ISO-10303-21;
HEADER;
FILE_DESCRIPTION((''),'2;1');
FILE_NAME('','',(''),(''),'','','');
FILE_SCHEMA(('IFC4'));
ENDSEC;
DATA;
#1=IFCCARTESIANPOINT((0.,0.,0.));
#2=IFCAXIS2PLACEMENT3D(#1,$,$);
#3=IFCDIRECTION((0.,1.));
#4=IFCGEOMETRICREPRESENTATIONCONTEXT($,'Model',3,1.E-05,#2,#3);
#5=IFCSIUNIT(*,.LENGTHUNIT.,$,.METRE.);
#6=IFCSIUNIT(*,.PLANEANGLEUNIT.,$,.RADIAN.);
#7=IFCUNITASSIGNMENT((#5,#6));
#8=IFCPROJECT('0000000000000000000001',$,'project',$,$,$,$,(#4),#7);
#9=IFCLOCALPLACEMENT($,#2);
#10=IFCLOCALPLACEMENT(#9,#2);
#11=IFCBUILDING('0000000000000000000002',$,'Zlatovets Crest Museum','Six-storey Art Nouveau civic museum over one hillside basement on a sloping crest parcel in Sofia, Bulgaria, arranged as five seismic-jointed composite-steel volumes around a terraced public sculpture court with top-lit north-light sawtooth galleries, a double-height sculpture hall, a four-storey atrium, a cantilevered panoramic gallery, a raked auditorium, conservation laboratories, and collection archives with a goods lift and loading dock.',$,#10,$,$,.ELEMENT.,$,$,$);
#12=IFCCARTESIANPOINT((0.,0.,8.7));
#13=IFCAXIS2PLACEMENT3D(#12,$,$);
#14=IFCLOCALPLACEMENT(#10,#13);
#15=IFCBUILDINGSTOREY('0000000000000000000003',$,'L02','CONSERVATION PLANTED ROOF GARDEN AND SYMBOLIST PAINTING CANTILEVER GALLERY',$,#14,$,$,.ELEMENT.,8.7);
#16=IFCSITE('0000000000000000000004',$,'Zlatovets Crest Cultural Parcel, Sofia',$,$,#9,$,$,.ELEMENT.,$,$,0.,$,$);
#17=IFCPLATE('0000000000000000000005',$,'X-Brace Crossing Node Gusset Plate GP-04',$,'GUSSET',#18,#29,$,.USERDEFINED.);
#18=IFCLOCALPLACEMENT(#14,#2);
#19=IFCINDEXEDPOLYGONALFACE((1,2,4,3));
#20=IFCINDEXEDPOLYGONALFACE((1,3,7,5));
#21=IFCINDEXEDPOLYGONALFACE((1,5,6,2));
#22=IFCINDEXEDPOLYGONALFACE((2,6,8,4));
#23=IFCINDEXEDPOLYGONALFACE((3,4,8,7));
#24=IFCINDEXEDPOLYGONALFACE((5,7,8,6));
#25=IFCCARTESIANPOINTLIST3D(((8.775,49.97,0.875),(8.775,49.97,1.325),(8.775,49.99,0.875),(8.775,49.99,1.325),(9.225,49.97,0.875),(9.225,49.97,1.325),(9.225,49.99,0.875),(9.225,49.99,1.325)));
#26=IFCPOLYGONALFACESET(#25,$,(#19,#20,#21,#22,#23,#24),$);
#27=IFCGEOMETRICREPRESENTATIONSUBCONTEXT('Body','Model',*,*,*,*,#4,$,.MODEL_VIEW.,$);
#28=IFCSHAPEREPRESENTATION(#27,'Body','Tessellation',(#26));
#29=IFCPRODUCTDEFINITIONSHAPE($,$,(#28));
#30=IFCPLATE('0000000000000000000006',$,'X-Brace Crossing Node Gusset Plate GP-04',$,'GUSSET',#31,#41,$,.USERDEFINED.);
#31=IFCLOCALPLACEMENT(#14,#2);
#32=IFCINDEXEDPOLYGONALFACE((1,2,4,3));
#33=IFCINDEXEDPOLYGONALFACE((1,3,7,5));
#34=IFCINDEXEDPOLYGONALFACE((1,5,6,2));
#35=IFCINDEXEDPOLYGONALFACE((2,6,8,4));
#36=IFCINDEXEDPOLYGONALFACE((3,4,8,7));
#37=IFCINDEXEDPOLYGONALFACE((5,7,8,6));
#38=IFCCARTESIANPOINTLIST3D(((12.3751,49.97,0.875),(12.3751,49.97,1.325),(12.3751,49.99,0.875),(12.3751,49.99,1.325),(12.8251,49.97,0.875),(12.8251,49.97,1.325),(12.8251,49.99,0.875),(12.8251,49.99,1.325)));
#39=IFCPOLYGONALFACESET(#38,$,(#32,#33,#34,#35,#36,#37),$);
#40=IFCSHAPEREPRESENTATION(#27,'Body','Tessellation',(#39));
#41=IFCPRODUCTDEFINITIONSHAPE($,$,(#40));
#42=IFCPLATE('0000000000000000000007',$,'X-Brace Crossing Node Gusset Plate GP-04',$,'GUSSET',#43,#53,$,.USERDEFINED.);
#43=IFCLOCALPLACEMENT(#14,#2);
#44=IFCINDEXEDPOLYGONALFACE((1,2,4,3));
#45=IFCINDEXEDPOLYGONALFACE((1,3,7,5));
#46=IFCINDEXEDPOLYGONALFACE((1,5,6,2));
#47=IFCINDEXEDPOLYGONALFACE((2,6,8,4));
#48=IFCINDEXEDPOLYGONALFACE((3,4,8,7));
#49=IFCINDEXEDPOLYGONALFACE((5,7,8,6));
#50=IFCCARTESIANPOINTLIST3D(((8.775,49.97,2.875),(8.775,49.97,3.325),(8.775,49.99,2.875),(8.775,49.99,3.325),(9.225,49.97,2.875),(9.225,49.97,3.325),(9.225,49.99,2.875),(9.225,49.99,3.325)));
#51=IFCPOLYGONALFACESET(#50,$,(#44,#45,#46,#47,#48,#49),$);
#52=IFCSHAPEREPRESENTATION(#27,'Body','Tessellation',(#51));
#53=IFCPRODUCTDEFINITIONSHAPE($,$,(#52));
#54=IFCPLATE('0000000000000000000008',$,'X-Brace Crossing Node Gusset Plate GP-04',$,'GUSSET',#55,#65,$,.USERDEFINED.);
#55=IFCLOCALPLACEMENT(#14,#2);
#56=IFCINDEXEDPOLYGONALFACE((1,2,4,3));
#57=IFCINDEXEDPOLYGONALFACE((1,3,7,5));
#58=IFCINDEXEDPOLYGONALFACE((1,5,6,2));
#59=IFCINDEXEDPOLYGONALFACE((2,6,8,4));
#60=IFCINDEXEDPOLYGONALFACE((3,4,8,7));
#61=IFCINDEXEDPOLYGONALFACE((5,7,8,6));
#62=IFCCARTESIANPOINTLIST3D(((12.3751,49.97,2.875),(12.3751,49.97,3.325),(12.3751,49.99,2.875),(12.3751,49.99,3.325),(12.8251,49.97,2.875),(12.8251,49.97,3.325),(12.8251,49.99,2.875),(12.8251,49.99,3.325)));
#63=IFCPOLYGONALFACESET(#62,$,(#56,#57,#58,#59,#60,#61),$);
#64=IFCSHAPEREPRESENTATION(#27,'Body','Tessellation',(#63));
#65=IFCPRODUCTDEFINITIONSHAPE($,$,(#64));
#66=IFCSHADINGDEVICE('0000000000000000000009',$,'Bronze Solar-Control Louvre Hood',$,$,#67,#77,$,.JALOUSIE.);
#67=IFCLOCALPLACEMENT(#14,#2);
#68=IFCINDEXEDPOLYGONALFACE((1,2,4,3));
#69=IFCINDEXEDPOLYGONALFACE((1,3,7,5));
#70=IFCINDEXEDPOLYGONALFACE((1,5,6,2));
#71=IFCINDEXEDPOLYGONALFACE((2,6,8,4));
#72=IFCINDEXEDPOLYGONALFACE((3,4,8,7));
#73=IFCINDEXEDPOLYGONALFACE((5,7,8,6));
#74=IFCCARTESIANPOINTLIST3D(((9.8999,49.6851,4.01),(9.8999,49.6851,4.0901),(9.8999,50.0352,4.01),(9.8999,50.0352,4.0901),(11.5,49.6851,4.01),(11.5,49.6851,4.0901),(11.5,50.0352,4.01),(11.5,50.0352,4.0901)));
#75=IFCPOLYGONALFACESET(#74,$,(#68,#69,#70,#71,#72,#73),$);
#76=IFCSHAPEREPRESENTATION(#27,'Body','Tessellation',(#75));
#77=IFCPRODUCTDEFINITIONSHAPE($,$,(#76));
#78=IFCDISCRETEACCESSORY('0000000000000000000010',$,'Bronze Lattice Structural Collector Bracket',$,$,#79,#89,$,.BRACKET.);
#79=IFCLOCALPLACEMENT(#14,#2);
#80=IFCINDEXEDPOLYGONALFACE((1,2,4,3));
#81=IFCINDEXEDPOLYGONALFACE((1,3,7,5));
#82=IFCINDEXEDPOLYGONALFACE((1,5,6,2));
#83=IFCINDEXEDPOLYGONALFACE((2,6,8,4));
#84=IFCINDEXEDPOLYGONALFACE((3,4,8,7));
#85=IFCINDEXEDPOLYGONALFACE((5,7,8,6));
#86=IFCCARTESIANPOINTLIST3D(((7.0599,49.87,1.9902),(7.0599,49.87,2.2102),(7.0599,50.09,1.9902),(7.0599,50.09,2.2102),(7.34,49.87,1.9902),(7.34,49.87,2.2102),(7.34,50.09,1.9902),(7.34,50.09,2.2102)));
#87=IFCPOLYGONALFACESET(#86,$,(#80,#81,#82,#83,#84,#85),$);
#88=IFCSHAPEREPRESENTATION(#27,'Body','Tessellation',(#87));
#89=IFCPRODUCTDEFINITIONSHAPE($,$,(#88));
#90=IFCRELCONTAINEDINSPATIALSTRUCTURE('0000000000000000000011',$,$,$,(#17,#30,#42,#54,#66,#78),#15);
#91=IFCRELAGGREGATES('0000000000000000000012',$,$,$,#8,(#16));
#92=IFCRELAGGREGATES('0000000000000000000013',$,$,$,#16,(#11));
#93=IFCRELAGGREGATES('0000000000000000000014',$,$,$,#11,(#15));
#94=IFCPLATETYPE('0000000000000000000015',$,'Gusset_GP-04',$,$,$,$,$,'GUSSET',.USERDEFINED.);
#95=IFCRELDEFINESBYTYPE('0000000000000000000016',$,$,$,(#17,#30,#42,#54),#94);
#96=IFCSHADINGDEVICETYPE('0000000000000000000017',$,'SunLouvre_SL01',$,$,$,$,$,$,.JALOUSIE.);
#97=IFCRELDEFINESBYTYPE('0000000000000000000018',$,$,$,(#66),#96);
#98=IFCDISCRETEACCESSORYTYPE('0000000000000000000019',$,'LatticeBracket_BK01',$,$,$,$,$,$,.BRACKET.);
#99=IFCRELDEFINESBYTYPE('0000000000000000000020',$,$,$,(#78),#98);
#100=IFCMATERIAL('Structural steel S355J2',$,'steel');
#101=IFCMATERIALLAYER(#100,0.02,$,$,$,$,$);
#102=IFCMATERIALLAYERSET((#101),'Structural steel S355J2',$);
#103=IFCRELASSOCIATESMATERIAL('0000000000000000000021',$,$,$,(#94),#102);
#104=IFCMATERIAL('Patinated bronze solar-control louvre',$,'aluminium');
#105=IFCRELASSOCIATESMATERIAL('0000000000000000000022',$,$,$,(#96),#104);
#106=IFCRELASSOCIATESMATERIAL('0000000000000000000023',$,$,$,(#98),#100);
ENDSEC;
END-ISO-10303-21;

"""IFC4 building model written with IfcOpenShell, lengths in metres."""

from ifc_helpers import new_model, si_unit, direction, frame, origin, origin_2d, place, context, subcontext, project, spatial, rectangle, extrude, material, layer, layer_set, type_object, element, save


model = new_model("IFC4")

# Units and contexts
model_context = context("Model", 3, precision=1e-05, world=origin(), true_north=direction((0.0, 1.0)))
body_context = subcontext(model_context, "Body", "Model", "MODEL_VIEW")
ifc_project = project(units=[si_unit("LENGTHUNIT", "METRE"), si_unit("PLANEANGLEUNIT", "RADIAN")], contexts=[model_context])

# Site, building, storey
site_placement = place(None, origin())
site = spatial("IfcSite", under=ifc_project, at=site_placement, Name="Zlatovets Crest Cultural Parcel, Sofia", CompositionType="ELEMENT", RefElevation=0.0)
building_placement = place(site_placement, origin())
building = spatial("IfcBuilding", under=site, at=building_placement, Name="Zlatovets Crest Museum", Description="Six-storey Art Nouveau civic museum over one hillside basement on a sloping crest parcel in Sofia, Bulgaria, arranged as five seismic-jointed composite-steel volumes around a terraced public sculpture court with top-lit north-light sawtooth galleries, a double-height sculpture hall, a four-storey atrium, a cantilevered panoramic gallery, a raked auditorium, conservation laboratories, and collection archives with a goods lift and loading dock.", CompositionType="ELEMENT")
storey_placement = place(building_placement, frame((0.0, 0.0, 8.7)))
storey = spatial("IfcBuildingStorey", under=building, at=storey_placement, Name="L02", Description="CONSERVATION PLANTED ROOF GARDEN AND SYMBOLIST PAINTING CANTILEVER GALLERY", CompositionType="ELEMENT", Elevation=8.7)

# Shared definitions
ifc_material_1 = material(Name="Structural steel S355J2", Category="steel")

# Plates
ifc_layer_1 = layer(ifc_material_1, 0.02)
ifc_layer_set_1 = layer_set([ifc_layer_1], Name="Structural steel S355J2")
plate_type_1 = type_object("IfcPlateType", Name="Gusset_GP-04", ElementType="GUSSET", PredefinedType="USERDEFINED", material=ifc_layer_set_1)
for number, where, z_axis, x_axis, name in (
    (1, (9.0, 49.98, 0.875), (0.0, 0.0, 1.0), (1.0, 0.0, 0.0), "X-Brace Crossing Node Gusset Plate GP-04"),
    (2, (12.6001, 49.98, 0.875), (0.0, 0.0, 1.0), (1.0, 0.0, 0.0), "X-Brace Crossing Node Gusset Plate GP-04"),
    (3, (9.0, 49.98, 2.875), (0.0, 0.0, 1.0), (1.0, 0.0, 0.0), "X-Brace Crossing Node Gusset Plate GP-04"),
    (4, (12.6001, 49.98, 2.875), (0.0, 0.0, 1.0), (1.0, 0.0, 0.0), "X-Brace Crossing Node Gusset Plate GP-04"),
):
    element("IfcPlate", number, at=place(storey_placement, frame(where, z_axis=z_axis, x_axis=x_axis)), inside=storey, type_object=plate_type_1, Name=name, ObjectType="GUSSET", PredefinedType="USERDEFINED", context=body_context, shape_type="SweptSolid", body=[
        extrude(rectangle(XDim=0.45, YDim=0.02, at=origin_2d()), origin(), (0.0, 0.0, 1.0), 0.45),
    ])

# Shading device
ifc_material_2 = material(Name="Patinated bronze solar-control louvre", Category="aluminium")
shading_device_type = type_object("IfcShadingDeviceType", Name="SunLouvre_SL01", PredefinedType="JALOUSIE", material=ifc_material_2)
shading_device_placement = place(storey_placement, frame((10.7, 49.8601, 4.01), z_axis=(0.0, 0.0, 1.0), x_axis=(1.0, 0.0, 0.0)))
element("IfcShadingDevice", 5, at=shading_device_placement, inside=storey, type_object=shading_device_type, Name="Bronze Solar-Control Louvre Hood", PredefinedType="JALOUSIE", context=body_context, shape_type="SweptSolid", body=[
    extrude(rectangle(XDim=1.6001, YDim=0.3501, at=origin_2d()), origin(), (0.0, 0.0, 1.0), 0.0801),
])

# Discrete accessory
discrete_accessory_type = type_object("IfcDiscreteAccessoryType", Name="LatticeBracket_BK01", PredefinedType="BRACKET", material=ifc_material_1)
discrete_accessory_placement = place(storey_placement, frame((7.2, 49.98, 1.9902), z_axis=(0.0, 0.0, 1.0), x_axis=(1.0, 0.0, 0.0)))
element("IfcDiscreteAccessory", 6, at=discrete_accessory_placement, inside=storey, type_object=discrete_accessory_type, Name="Bronze Lattice Structural Collector Bracket", PredefinedType="BRACKET", context=body_context, shape_type="SweptSolid", body=[
    extrude(rectangle(XDim=0.28, YDim=0.22, at=origin_2d()), origin(), (0.0, 0.0, 1.0), 0.22),
])

save(model, "model.ifc")
